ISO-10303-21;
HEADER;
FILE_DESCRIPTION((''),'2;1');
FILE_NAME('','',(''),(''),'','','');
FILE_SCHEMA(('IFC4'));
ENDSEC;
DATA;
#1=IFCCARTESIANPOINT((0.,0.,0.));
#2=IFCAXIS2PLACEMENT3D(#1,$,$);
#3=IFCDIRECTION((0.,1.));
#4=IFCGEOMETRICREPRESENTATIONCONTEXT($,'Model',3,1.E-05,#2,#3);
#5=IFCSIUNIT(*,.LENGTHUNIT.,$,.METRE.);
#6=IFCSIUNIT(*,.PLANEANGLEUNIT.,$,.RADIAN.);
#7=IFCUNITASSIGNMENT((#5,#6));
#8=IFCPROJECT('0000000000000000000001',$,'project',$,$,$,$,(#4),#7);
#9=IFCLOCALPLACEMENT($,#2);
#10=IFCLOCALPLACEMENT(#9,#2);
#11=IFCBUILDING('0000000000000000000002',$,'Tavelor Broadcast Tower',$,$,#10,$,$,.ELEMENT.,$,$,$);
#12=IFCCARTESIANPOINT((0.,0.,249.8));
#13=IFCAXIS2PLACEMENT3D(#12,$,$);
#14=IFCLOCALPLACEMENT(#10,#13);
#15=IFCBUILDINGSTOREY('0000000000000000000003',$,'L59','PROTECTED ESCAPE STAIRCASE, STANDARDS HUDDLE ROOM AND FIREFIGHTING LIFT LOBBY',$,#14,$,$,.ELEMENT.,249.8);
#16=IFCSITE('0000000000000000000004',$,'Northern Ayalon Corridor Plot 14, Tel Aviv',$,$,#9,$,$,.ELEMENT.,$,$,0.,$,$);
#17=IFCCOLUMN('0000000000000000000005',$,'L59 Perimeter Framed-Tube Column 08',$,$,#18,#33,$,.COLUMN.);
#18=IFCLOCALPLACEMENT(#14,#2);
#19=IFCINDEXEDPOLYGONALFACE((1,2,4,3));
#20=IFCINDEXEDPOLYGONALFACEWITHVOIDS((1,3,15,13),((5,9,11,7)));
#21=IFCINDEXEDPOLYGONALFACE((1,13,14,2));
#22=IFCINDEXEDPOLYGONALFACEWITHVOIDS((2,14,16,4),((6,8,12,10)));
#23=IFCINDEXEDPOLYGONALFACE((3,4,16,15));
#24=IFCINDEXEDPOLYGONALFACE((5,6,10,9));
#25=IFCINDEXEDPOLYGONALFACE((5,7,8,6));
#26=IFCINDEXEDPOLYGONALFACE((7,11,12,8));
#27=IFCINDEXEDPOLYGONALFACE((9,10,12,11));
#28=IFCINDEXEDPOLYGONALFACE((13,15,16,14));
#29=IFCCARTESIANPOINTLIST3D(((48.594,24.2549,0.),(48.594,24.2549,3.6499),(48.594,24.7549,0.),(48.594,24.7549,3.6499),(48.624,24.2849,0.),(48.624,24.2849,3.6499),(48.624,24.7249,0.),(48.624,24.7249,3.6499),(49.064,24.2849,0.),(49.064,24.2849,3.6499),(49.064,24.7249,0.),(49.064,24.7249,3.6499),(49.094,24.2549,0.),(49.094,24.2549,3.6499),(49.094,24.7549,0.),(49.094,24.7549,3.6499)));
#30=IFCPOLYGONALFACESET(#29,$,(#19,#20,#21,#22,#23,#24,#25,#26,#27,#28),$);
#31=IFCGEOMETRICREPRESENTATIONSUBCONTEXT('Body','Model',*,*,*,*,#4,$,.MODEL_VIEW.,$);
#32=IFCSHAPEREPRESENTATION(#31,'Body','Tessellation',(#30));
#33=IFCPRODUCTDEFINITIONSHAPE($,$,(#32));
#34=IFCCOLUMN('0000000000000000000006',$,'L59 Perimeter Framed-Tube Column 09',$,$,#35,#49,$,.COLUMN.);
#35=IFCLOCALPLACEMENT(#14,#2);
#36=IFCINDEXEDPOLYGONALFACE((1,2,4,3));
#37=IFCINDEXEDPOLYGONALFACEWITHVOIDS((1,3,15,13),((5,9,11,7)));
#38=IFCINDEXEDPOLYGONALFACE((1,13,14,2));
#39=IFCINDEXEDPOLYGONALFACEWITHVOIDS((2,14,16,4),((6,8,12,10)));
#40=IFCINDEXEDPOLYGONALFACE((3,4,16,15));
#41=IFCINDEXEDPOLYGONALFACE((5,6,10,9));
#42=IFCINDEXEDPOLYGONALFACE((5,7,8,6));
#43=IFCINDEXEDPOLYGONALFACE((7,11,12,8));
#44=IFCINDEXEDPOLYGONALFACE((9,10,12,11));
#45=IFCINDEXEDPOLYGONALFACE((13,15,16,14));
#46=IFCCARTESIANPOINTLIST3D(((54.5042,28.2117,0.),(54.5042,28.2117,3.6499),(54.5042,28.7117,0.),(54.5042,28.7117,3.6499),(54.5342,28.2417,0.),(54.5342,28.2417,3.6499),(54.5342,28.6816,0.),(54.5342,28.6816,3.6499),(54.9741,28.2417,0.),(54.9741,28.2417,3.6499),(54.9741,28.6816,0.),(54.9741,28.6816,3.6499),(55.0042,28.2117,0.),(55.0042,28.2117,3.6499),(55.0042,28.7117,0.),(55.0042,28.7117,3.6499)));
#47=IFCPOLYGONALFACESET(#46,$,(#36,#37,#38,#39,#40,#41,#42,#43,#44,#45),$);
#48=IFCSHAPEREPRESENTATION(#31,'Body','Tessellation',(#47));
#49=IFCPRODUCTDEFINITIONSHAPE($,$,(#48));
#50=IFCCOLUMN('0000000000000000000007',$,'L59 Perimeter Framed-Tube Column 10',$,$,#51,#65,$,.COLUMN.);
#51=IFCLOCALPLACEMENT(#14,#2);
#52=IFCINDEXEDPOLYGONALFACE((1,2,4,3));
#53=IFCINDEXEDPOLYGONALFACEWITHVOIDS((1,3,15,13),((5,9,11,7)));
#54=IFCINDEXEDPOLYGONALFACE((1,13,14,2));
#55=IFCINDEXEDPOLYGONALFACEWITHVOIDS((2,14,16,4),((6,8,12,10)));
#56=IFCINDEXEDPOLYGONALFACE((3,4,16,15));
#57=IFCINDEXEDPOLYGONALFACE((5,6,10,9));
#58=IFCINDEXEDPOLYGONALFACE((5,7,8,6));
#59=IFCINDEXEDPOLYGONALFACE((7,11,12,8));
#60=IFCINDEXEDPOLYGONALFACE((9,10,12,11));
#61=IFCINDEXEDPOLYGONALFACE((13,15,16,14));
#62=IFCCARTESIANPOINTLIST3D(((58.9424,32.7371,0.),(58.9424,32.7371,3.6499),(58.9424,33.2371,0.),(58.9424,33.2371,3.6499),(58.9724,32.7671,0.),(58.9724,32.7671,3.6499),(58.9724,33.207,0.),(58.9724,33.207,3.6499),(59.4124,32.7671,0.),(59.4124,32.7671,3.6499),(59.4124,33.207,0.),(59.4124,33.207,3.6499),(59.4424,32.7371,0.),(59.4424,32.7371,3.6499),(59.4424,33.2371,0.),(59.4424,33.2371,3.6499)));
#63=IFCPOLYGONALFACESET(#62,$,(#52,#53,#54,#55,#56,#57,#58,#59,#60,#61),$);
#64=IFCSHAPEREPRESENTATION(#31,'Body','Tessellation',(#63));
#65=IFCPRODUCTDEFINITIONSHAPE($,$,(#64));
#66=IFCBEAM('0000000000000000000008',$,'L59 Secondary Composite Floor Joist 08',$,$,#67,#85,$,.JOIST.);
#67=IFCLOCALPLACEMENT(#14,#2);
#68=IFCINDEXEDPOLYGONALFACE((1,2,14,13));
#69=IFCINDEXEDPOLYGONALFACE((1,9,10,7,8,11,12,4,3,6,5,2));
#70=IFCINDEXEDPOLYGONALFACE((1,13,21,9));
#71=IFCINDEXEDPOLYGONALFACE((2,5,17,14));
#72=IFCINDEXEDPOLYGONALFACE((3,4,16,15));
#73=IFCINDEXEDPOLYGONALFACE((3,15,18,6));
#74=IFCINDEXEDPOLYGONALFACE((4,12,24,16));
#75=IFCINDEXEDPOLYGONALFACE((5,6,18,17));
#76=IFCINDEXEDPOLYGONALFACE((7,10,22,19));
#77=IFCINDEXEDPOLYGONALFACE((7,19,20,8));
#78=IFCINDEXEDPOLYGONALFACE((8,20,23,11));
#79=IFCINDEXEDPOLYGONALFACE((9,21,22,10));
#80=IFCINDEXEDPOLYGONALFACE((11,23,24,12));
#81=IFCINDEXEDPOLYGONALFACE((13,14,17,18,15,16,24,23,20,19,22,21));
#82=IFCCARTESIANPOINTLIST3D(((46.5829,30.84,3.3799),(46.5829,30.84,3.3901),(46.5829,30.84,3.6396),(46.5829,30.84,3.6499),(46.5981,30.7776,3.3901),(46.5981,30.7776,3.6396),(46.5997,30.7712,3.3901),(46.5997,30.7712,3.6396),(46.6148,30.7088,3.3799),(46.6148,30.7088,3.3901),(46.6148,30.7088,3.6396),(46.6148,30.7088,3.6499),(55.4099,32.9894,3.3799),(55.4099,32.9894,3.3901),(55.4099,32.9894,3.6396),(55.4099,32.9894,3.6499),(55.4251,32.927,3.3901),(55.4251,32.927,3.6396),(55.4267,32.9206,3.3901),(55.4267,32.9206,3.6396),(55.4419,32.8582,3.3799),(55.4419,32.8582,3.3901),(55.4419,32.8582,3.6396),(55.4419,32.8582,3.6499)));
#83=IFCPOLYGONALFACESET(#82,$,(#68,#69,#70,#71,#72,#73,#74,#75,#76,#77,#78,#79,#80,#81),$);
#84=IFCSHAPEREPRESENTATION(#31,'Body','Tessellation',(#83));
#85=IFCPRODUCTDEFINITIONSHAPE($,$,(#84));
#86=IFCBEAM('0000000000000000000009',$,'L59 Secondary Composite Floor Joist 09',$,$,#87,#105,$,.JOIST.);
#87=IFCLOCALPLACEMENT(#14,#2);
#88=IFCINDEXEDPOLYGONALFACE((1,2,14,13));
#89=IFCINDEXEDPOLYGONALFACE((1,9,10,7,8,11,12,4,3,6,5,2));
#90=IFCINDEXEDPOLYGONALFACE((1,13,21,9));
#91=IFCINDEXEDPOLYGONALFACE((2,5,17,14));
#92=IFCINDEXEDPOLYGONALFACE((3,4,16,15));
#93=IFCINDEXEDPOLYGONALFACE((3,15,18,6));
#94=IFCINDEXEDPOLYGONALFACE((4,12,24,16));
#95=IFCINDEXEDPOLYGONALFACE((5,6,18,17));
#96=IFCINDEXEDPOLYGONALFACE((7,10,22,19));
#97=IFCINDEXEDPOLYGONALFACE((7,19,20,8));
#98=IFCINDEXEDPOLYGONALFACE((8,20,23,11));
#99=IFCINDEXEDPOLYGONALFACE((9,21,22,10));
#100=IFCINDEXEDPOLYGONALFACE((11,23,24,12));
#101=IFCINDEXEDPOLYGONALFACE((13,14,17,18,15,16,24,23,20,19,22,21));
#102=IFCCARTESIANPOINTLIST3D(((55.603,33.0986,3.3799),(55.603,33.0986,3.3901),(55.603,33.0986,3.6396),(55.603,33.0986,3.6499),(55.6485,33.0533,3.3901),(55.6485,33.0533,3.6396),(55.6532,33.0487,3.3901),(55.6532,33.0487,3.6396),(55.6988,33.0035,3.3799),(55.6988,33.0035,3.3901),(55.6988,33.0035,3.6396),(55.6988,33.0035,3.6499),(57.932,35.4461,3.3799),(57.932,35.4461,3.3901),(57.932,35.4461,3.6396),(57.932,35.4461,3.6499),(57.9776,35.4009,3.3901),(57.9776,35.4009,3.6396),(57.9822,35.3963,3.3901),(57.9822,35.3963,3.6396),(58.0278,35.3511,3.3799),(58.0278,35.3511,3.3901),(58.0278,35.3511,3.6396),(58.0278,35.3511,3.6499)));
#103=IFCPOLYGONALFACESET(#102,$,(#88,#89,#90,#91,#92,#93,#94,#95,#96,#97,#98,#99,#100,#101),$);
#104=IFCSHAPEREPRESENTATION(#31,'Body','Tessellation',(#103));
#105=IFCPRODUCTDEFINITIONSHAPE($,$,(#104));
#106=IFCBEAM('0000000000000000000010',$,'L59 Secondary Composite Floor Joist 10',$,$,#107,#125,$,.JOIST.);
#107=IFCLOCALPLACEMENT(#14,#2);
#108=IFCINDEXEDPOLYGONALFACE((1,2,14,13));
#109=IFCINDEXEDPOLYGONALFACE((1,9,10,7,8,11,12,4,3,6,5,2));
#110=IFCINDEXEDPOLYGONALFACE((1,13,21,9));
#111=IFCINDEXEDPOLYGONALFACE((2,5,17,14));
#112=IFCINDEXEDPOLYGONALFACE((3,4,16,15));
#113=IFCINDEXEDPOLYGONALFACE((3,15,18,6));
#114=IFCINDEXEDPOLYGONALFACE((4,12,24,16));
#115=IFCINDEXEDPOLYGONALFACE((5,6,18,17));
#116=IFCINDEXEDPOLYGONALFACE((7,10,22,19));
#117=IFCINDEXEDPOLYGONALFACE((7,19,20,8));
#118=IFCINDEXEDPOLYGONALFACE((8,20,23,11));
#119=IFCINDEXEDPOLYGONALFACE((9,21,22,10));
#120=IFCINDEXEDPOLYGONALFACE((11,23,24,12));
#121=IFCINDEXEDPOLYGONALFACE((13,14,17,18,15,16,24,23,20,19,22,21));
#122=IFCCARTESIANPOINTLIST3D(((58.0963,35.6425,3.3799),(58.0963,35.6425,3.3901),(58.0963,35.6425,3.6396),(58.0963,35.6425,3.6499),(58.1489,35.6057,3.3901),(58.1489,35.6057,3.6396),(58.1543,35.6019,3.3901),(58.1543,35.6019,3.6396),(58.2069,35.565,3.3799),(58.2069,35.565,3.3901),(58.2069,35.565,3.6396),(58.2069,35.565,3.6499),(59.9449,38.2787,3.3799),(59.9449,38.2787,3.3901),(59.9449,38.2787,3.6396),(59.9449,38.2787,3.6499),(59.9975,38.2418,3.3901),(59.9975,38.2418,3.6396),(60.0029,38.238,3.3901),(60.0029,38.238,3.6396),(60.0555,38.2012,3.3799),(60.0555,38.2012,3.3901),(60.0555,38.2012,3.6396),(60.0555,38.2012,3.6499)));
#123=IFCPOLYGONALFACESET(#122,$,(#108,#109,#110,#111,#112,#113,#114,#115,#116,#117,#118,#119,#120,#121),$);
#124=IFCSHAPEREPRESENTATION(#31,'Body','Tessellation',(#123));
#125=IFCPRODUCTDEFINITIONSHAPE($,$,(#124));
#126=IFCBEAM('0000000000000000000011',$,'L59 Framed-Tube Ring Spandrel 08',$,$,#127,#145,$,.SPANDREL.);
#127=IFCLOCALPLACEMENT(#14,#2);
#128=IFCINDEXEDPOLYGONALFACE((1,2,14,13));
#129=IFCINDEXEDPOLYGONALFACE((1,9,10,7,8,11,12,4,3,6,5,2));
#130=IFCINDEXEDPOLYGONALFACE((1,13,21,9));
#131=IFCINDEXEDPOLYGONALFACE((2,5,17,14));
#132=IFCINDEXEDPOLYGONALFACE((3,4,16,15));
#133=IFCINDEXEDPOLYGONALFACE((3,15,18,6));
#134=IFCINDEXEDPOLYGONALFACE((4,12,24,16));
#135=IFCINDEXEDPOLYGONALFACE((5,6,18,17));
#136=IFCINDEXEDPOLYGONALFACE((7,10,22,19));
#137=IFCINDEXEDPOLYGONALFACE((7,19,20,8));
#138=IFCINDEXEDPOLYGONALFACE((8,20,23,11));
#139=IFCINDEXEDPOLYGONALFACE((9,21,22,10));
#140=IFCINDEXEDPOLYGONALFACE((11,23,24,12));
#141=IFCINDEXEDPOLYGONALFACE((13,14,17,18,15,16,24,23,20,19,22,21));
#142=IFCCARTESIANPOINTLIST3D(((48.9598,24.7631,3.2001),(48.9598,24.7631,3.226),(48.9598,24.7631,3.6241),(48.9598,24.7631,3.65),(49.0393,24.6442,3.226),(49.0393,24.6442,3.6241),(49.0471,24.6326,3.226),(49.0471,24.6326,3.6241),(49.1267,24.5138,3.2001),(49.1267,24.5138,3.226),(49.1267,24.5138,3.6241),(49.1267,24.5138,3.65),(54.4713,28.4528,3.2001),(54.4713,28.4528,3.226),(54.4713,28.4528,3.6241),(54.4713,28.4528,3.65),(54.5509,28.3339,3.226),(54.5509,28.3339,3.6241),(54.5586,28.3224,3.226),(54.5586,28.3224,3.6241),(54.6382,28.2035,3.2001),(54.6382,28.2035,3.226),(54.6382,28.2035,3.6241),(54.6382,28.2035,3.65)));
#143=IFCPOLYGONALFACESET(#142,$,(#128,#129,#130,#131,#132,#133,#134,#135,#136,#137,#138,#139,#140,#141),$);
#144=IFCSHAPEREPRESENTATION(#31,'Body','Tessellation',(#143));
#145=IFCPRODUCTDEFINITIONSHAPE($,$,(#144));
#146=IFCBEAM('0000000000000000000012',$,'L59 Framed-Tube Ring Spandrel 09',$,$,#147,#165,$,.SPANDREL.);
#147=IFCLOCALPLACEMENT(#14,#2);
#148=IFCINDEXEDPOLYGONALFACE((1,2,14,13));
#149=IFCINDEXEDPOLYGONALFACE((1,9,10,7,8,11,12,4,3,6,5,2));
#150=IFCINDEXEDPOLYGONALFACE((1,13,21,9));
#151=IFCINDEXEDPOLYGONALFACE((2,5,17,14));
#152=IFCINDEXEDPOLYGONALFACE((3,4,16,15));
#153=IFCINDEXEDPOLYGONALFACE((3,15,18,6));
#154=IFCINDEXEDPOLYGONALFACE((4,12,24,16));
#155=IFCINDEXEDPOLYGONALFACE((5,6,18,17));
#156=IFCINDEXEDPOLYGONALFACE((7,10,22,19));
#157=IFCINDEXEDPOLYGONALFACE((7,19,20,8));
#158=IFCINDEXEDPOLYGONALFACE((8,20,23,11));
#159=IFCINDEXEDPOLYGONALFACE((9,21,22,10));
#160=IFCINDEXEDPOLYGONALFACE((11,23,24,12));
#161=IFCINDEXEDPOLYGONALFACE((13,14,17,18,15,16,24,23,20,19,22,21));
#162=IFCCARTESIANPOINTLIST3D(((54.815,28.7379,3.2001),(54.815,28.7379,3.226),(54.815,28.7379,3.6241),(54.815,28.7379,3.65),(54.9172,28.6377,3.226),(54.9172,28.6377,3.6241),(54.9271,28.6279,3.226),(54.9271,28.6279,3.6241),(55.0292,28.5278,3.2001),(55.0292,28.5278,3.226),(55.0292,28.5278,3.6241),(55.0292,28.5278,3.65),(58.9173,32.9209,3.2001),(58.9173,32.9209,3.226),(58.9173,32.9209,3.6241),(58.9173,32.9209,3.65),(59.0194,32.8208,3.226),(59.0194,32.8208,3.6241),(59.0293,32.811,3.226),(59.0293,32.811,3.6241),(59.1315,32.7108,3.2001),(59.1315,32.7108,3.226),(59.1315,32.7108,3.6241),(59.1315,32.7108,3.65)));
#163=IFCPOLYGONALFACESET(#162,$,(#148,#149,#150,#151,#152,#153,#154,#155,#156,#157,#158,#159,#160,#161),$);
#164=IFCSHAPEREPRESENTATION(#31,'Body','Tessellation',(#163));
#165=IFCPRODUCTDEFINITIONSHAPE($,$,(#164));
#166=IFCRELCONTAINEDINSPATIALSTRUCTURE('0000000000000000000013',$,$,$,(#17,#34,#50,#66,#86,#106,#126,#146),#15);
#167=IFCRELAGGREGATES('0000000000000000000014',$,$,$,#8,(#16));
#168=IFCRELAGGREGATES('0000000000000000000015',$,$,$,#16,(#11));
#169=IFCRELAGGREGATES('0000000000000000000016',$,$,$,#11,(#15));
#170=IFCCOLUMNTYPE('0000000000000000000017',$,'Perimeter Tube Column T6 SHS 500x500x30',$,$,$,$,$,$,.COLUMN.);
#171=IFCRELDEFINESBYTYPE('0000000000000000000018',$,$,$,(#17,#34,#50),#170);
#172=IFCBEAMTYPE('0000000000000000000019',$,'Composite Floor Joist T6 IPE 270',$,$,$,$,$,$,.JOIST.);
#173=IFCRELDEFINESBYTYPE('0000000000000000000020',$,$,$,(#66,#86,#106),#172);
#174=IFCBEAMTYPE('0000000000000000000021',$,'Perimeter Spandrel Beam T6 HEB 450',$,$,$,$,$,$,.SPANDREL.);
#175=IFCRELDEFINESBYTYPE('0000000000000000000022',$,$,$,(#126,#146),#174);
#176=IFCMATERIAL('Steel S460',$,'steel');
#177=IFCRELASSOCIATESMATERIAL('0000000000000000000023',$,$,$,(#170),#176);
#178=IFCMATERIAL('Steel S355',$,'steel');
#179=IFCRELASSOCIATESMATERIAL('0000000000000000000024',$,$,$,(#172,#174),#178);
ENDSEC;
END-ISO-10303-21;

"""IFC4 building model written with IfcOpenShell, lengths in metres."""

from ifc_helpers import new_model, si_unit, direction, frame, origin, origin_2d, place, context, subcontext, project, spatial, hollow_rectangle, i_section, extrude, material, material_profile, profile_set, type_object, element, save


model = new_model("IFC4")

# Units and contexts
model_context = context("Model", 3, precision=1e-05, world=origin(), true_north=direction((0.0, 1.0)))
body_context = subcontext(model_context, "Body", "Model", "MODEL_VIEW")
ifc_project = project(units=[si_unit("LENGTHUNIT", "METRE"), si_unit("PLANEANGLEUNIT", "RADIAN")], contexts=[model_context])

# Site, building, storey
site_placement = place(None, origin())
site = spatial("IfcSite", under=ifc_project, at=site_placement, Name="Northern Ayalon Corridor Plot 14, Tel Aviv", CompositionType="ELEMENT", RefElevation=0.0)
building_placement = place(site_placement, origin())
building = spatial("IfcBuilding", under=site, at=building_placement, Name="Tavelor Broadcast Tower", CompositionType="ELEMENT")
storey_placement = place(building_placement, frame((0.0, 0.0, 249.8)))
storey = spatial("IfcBuildingStorey", under=building, at=storey_placement, Name="L59", Description="PROTECTED ESCAPE STAIRCASE, STANDARDS HUDDLE ROOM AND FIREFIGHTING LIFT LOBBY", CompositionType="ELEMENT", Elevation=249.8)

# Columns
ifc_material_1 = material(Name="Steel S460", Category="steel")
ifc_material_profile_1 = material_profile(ifc_material_1, hollow_rectangle(XDim=0.5, YDim=0.5, WallThickness=0.03, at=origin_2d()), Name="SHS 500x500x30")
ifc_profile_set_1 = profile_set([ifc_material_profile_1], Name="Steel S460")
column_type = type_object("IfcColumnType", Name="Perimeter Tube Column T6 SHS 500x500x30", PredefinedType="COLUMN", material=ifc_profile_set_1)
for number, where, z_axis, x_axis, name in (
    (1, (48.844, 24.5049, 0.0), (0.0, 0.0, 1.0), (1.0, 0.0, 0.0), "L59 Perimeter Framed-Tube Column 08"),
    (2, (54.7542, 28.4617, 0.0), (0.0, 0.0, 1.0), (1.0, 0.0, 0.0), "L59 Perimeter Framed-Tube Column 09"),
    (3, (59.1924, 32.9871, 0.0), (0.0, 0.0, 1.0), (1.0, 0.0, 0.0), "L59 Perimeter Framed-Tube Column 10"),
):
    element("IfcColumn", number, at=place(storey_placement, frame(where, z_axis=z_axis, x_axis=x_axis)), inside=storey, type_object=column_type, Name=name, PredefinedType="COLUMN", context=body_context, shape_type="SweptSolid", body=[
        extrude(hollow_rectangle(XDim=0.5, YDim=0.5, WallThickness=0.03, at=origin_2d()), origin(), (0.0, 0.0, 1.0), 3.6499),
    ])

# Beams
ifc_material_2 = material(Name="Steel S355", Category="steel")
ifc_material_profile_2 = material_profile(ifc_material_2, i_section(OverallWidth=0.135, OverallDepth=0.27, WebThickness=0.0066, FlangeThickness=0.0103, at=origin_2d()), Name="IPE 270")
ifc_profile_set_2 = profile_set([ifc_material_profile_2], Name="Steel S355")
beam_type_1 = type_object("IfcBeamType", Name="Composite Floor Joist T6 IPE 270", PredefinedType="JOIST", material=ifc_profile_set_2)
beam_1_placement = place(storey_placement, frame((46.5989, 30.7744, 3.5149), z_axis=(0.97161, 0.236587, 0.0), x_axis=(-0.236587, 0.97161, 0.0)))
element("IfcBeam", 4, at=beam_1_placement, inside=storey, type_object=beam_type_1, Name="L59 Secondary Composite Floor Joist 08", PredefinedType="JOIST", context=body_context, shape_type="SweptSolid", body=[
    extrude(i_section(OverallWidth=0.135, OverallDepth=0.27, WebThickness=0.0066, FlangeThickness=0.0103, at=origin_2d()), origin(), (0.0, 0.0, 1.0), 9.085),
])
beam_2_placement = place(storey_placement, frame((55.6509, 33.051, 3.5149), z_axis=(0.704296, 0.709907, 0.0), x_axis=(-0.709907, 0.704296, 0.0)))
element("IfcBeam", 5, at=beam_2_placement, inside=storey, type_object=beam_type_1, Name="L59 Secondary Composite Floor Joist 09", PredefinedType="JOIST", context=body_context, shape_type="SweptSolid", body=[
    extrude(i_section(OverallWidth=0.135, OverallDepth=0.27, WebThickness=0.0066, FlangeThickness=0.0103, at=origin_2d()), origin(), (0.0, 0.0, 1.0), 3.3069),
])
beam_3_placement = place(storey_placement, frame((58.1516, 35.6038, 3.5149), z_axis=(0.574144, 0.818754, 0.0), x_axis=(-0.818754, 0.574144, 0.0)))
element("IfcBeam", 6, at=beam_3_placement, inside=storey, type_object=beam_type_1, Name="L59 Secondary Composite Floor Joist 10", PredefinedType="JOIST", context=body_context, shape_type="SweptSolid", body=[
    extrude(i_section(OverallWidth=0.135, OverallDepth=0.27, WebThickness=0.0066, FlangeThickness=0.0103, at=origin_2d()), origin(), (0.0, 0.0, 1.0), 3.2197),
])
ifc_material_profile_3 = material_profile(ifc_material_2, i_section(OverallWidth=0.3, OverallDepth=0.45, WebThickness=0.0139, FlangeThickness=0.0259, at=origin_2d()), Name="HEB 450")
ifc_profile_set_3 = profile_set([ifc_material_profile_3], Name="Steel S355")
beam_type_2 = type_object("IfcBeamType", Name="Perimeter Spandrel Beam T6 HEB 450", PredefinedType="SPANDREL", material=ifc_profile_set_3)
beam_4_placement = place(storey_placement, frame((49.0432, 24.6384, 3.425), z_axis=(0.830978, 0.556305, 0.0), x_axis=(-0.556305, 0.830978, 0.0)))
element("IfcBeam", 7, at=beam_4_placement, inside=storey, type_object=beam_type_2, Name="L59 Framed-Tube Ring Spandrel 08", PredefinedType="SPANDREL", context=body_context, shape_type="SweptSolid", body=[
    extrude(i_section(OverallWidth=0.3, OverallDepth=0.45, WebThickness=0.0139, FlangeThickness=0.0259, at=origin_2d()), origin(), (0.0, 0.0, 1.0), 6.6326),
])
beam_5_placement = place(storey_placement, frame((54.9221, 28.6328, 3.425), z_axis=(0.700177, 0.713969, 0.0), x_axis=(-0.713969, 0.700177, 0.0)))
element("IfcBeam", 8, at=beam_5_placement, inside=storey, type_object=beam_type_2, Name="L59 Framed-Tube Ring Spandrel 09", PredefinedType="SPANDREL", context=body_context, shape_type="SweptSolid", body=[
    extrude(i_section(OverallWidth=0.3, OverallDepth=0.45, WebThickness=0.0139, FlangeThickness=0.0259, at=origin_2d()), origin(), (0.0, 0.0, 1.0), 5.8589),
])

save(model, "model.ifc")
